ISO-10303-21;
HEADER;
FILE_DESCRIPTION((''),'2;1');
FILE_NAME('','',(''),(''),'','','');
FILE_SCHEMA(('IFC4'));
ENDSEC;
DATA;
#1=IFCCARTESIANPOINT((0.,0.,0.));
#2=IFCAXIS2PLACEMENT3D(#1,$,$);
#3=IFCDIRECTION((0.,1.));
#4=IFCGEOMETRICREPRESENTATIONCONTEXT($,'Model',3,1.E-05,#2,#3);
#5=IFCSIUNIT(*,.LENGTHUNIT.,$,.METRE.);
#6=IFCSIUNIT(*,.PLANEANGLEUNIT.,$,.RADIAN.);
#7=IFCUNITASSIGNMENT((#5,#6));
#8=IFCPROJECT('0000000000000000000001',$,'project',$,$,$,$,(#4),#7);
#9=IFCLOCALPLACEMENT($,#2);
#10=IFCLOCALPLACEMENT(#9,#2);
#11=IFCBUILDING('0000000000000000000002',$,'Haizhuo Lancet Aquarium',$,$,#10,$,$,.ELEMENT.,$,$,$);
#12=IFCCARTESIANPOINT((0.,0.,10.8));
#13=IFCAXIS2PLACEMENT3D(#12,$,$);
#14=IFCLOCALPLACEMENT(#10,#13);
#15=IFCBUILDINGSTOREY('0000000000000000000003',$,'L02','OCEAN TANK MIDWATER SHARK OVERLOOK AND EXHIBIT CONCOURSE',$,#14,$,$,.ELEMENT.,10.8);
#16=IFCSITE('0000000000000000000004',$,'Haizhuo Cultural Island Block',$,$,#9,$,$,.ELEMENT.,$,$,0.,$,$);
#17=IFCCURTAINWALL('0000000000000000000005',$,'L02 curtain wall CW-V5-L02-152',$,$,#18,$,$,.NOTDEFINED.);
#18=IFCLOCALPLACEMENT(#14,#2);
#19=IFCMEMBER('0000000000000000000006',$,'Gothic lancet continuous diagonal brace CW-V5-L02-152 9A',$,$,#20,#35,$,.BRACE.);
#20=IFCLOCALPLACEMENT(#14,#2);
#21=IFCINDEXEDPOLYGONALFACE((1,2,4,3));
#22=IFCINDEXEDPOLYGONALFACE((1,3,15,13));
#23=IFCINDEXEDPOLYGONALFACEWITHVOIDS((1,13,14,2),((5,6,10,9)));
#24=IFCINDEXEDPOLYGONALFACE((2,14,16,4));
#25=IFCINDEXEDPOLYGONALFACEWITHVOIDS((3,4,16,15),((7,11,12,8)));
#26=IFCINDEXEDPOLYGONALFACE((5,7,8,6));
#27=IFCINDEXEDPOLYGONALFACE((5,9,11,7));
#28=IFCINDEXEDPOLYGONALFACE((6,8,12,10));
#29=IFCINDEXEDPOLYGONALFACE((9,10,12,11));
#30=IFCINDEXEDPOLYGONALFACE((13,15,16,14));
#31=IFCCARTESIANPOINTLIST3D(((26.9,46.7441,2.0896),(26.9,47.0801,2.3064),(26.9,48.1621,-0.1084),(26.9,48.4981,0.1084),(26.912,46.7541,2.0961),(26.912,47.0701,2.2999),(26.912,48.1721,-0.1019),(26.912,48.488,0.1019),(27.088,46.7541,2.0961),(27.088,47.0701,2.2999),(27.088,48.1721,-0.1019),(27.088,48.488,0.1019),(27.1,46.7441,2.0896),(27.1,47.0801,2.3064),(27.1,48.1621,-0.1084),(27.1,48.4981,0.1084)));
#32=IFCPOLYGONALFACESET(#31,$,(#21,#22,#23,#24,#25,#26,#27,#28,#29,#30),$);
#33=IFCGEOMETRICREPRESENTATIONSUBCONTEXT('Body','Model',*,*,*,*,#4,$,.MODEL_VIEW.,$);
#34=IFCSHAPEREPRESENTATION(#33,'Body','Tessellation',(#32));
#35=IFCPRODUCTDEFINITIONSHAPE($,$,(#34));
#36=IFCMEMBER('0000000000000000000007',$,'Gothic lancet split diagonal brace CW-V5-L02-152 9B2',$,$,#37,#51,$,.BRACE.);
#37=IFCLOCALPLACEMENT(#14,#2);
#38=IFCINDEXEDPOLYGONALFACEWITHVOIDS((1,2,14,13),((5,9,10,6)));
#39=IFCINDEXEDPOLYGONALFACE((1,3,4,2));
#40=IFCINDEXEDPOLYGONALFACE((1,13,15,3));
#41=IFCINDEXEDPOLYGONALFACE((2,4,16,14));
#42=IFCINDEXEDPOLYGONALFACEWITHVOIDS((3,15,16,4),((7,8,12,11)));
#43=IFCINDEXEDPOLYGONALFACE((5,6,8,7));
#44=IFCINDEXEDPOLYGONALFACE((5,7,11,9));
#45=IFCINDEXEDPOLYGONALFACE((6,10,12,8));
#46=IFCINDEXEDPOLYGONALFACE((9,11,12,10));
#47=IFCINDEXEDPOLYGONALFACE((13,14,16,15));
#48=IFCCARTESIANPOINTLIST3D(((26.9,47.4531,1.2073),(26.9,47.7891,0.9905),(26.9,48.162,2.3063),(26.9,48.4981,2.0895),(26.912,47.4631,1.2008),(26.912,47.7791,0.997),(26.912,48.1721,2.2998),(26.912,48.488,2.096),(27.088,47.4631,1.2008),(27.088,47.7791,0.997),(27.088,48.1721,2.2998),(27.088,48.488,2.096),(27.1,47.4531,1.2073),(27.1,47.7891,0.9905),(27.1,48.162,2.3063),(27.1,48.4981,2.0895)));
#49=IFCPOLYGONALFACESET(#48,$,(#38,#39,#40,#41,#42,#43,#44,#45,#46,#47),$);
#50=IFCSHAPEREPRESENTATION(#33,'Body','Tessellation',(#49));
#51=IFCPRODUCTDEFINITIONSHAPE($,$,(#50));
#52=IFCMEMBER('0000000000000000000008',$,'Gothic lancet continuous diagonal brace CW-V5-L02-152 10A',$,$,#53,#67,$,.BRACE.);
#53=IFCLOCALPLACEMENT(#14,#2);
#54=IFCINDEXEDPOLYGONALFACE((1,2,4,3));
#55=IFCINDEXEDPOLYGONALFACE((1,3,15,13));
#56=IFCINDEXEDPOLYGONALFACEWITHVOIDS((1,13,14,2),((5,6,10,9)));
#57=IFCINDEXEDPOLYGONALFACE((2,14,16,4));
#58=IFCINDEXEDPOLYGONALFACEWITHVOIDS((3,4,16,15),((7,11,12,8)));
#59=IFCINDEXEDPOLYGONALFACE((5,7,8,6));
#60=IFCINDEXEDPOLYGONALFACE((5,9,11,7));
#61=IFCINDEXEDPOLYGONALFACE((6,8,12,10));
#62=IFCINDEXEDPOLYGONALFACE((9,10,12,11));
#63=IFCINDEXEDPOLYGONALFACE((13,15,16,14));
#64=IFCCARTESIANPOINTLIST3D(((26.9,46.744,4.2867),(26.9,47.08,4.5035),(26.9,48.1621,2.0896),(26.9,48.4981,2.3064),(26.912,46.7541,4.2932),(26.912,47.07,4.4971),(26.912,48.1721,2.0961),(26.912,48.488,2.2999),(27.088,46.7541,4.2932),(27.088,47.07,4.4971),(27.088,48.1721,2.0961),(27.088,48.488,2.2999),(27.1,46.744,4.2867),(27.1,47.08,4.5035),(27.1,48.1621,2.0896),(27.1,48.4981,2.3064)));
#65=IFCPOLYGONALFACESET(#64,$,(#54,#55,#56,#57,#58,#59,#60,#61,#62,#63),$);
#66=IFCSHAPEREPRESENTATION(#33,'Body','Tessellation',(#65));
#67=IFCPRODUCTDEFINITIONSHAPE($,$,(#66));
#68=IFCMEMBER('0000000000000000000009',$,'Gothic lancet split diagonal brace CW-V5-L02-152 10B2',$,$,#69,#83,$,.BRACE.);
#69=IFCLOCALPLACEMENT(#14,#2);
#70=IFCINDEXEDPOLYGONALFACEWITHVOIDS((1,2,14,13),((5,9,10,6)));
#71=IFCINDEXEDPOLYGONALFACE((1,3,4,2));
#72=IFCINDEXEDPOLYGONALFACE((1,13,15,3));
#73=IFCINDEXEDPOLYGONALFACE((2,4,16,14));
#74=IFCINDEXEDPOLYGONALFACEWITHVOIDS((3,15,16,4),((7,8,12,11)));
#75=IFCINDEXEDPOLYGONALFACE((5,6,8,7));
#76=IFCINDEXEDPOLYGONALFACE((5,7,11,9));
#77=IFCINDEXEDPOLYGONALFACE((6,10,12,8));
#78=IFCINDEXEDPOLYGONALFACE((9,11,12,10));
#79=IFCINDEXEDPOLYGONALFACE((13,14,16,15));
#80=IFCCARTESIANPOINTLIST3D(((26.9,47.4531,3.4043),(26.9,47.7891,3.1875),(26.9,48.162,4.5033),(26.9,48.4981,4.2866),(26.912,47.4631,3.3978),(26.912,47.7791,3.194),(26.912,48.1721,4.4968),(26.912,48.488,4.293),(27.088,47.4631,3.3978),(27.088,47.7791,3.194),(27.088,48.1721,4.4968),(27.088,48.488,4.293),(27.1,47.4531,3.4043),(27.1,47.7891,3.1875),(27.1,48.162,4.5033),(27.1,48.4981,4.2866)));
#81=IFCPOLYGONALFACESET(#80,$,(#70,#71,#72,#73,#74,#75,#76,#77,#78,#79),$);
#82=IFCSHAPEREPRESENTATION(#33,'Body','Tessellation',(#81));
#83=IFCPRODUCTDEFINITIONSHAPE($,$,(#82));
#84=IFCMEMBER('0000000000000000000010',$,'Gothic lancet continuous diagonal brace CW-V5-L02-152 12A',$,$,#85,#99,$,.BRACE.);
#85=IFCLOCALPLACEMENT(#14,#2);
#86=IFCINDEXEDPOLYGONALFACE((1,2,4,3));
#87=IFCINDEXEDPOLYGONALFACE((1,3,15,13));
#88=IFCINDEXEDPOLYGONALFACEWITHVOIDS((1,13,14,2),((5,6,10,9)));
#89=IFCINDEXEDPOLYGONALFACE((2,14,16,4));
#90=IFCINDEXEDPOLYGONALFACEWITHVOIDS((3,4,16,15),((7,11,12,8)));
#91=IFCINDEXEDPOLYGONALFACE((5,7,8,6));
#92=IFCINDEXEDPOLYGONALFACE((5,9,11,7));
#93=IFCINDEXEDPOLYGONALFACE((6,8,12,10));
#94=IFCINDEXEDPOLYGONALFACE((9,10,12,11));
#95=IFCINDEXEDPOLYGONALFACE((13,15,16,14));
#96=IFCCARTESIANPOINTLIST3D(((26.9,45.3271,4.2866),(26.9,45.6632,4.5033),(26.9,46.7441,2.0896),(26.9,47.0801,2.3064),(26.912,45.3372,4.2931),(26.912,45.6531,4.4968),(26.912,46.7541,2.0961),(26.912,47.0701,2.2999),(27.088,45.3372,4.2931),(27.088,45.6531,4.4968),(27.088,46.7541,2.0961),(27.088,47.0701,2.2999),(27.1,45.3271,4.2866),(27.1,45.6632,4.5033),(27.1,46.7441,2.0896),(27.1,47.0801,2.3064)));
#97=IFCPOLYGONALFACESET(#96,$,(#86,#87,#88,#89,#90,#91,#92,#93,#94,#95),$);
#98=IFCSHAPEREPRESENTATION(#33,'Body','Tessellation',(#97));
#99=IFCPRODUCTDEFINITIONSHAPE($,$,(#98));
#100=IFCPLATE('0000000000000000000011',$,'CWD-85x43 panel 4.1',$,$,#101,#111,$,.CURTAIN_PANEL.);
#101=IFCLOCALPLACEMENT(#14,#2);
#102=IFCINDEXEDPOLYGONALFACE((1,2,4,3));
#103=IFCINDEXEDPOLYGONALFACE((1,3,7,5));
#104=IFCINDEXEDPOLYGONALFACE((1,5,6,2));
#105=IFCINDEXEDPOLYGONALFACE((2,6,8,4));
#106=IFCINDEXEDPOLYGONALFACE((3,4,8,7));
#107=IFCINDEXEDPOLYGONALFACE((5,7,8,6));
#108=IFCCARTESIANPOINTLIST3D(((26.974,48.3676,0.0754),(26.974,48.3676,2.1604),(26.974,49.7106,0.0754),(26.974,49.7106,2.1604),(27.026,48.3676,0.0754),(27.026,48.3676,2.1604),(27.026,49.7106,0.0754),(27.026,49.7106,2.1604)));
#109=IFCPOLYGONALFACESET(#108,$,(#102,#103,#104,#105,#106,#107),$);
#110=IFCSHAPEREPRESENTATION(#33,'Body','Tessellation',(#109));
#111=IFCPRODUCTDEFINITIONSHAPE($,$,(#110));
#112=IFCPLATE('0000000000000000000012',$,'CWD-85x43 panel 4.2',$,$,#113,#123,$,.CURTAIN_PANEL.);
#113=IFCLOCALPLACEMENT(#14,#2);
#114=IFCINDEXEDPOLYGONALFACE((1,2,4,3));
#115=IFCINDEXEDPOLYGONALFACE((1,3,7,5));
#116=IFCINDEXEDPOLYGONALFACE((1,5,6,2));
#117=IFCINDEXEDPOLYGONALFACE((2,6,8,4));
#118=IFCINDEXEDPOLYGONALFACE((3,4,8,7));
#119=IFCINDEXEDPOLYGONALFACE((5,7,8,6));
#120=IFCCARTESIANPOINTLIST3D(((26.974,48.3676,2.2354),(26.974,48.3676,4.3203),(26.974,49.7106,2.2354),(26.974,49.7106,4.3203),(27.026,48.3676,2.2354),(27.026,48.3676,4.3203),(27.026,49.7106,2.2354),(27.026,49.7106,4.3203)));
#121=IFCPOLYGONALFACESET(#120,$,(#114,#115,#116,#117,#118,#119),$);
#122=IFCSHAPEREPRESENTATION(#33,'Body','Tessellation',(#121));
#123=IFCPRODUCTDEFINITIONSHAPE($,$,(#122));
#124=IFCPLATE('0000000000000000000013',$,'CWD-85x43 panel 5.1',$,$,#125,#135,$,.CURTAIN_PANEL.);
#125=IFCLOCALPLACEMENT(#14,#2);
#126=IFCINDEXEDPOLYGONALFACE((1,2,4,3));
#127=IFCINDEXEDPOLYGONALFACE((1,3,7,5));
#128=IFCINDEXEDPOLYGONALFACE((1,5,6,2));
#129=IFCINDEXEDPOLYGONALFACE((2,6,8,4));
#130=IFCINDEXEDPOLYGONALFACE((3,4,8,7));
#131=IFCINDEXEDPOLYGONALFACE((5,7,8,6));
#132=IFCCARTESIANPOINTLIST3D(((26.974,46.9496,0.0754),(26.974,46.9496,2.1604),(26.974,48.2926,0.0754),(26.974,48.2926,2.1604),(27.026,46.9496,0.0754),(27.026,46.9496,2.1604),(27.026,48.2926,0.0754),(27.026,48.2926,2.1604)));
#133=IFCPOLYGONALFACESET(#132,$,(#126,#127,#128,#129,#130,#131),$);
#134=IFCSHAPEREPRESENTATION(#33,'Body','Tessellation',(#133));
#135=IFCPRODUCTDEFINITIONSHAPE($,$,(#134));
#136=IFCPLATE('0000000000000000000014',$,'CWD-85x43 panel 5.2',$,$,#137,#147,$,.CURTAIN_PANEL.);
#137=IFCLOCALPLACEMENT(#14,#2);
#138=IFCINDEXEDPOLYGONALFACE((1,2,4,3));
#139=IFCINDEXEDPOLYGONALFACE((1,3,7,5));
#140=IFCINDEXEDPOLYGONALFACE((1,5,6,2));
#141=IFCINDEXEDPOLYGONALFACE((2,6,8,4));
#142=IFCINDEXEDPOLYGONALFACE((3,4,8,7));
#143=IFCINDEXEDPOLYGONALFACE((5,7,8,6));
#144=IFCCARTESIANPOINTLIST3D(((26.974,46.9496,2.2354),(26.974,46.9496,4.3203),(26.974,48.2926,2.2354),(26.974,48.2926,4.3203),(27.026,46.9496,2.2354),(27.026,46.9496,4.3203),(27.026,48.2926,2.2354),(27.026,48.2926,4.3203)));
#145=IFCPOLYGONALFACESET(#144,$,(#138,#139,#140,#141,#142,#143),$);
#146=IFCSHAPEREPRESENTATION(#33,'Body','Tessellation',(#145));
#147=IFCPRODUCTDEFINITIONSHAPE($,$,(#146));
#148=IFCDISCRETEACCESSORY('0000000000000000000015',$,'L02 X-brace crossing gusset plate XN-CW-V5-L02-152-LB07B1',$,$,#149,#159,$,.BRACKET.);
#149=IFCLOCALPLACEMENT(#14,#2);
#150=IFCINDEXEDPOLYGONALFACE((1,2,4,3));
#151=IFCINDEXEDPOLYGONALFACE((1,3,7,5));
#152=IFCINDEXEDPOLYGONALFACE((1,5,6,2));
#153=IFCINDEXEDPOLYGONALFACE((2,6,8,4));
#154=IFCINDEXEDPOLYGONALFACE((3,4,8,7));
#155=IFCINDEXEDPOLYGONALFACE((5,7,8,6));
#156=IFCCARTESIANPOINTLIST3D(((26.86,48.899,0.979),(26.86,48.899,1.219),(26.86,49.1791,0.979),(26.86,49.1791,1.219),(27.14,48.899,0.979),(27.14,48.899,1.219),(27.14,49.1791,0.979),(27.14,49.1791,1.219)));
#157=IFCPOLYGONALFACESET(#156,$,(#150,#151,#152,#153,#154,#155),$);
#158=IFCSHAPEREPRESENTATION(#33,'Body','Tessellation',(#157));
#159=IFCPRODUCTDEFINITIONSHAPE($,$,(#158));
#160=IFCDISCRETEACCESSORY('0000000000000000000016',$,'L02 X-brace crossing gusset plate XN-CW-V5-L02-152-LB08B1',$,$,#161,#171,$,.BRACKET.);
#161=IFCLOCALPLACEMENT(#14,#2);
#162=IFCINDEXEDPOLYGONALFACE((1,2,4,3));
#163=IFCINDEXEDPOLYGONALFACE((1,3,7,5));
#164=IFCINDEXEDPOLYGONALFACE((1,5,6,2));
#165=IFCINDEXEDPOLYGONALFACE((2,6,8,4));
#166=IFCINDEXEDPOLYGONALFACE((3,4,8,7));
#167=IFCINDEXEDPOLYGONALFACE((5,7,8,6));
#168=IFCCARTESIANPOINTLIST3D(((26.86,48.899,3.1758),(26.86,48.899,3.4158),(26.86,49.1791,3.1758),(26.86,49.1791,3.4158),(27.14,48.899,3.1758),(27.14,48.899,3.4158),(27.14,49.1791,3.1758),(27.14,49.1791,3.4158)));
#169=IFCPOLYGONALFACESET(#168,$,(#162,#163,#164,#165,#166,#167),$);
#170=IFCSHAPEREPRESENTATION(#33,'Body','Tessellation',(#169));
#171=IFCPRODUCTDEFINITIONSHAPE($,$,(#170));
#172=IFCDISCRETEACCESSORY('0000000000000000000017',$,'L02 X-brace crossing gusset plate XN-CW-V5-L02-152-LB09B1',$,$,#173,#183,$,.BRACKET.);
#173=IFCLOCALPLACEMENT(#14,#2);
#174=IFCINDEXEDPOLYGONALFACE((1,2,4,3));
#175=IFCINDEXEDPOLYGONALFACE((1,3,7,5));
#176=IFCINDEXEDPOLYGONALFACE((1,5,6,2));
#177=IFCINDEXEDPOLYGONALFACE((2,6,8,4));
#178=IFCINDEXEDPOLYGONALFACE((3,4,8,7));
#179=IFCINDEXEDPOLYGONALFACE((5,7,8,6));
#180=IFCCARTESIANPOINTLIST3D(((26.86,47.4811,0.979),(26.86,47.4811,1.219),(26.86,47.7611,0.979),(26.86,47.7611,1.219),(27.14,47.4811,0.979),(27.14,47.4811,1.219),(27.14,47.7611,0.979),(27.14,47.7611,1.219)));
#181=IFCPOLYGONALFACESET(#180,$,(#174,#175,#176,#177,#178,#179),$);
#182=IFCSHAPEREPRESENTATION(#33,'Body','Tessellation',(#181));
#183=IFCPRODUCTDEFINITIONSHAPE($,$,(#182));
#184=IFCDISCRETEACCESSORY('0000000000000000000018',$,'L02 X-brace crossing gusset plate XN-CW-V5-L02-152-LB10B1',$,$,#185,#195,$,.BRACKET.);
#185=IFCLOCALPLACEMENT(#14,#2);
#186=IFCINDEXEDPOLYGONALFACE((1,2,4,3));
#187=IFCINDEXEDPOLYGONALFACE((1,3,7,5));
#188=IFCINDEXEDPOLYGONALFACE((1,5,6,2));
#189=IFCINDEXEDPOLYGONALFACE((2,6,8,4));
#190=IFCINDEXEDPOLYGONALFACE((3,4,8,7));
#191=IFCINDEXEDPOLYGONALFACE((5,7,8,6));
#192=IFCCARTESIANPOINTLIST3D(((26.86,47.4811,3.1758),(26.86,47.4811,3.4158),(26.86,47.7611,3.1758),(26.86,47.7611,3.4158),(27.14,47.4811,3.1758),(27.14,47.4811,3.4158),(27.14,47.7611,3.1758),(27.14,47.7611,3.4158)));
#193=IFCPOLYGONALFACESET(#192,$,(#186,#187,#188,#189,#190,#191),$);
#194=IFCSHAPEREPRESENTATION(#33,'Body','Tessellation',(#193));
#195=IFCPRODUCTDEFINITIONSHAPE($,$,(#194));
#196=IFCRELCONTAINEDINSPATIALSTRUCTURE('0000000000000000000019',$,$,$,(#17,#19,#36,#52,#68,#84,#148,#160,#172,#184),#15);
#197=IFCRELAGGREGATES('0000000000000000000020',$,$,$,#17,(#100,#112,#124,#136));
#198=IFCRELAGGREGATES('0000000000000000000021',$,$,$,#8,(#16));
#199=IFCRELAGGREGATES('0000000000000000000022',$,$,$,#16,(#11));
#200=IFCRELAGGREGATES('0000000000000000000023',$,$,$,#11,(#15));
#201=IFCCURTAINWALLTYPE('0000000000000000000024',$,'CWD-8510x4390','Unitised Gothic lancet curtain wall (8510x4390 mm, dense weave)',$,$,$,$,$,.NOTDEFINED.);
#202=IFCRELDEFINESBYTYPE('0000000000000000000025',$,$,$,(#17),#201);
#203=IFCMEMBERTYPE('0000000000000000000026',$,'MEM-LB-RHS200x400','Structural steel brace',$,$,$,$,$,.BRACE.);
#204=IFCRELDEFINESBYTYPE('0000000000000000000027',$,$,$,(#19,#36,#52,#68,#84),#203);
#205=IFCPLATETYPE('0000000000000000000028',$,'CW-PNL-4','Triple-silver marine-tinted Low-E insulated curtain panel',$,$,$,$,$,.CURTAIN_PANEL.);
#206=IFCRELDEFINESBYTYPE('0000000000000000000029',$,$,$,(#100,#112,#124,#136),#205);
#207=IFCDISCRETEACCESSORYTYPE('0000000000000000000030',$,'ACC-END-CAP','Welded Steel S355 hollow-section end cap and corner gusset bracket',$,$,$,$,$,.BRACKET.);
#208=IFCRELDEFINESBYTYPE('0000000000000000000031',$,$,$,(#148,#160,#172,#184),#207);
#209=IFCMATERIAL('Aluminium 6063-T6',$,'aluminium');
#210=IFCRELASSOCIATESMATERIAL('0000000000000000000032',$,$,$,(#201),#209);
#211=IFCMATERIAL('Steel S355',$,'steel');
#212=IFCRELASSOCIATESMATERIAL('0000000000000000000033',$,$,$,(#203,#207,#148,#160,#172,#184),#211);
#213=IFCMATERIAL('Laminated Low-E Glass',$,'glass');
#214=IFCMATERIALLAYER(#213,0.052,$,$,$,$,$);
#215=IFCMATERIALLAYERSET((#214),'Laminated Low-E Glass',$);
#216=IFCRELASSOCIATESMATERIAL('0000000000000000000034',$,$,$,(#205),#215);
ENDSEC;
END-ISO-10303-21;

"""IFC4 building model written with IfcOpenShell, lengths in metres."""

from ifc_helpers import new_model, si_unit, direction, frame, origin, origin_2d, place, context, subcontext, project, spatial, rectangle, hollow_rectangle, extrude, material, layer, layer_set, material_profile, profile_set, type_object, element, aggregate, save


model = new_model("IFC4")

# Units and contexts
model_context = context("Model", 3, precision=1e-05, world=origin(), true_north=direction((0.0, 1.0)))
body_context = subcontext(model_context, "Body", "Model", "MODEL_VIEW")
ifc_project = project(units=[si_unit("LENGTHUNIT", "METRE"), si_unit("PLANEANGLEUNIT", "RADIAN")], contexts=[model_context])

# Site, building, storey
site_placement = place(None, origin())
site = spatial("IfcSite", under=ifc_project, at=site_placement, Name="Haizhuo Cultural Island Block", CompositionType="ELEMENT", RefElevation=0.0)
building_placement = place(site_placement, origin())
building = spatial("IfcBuilding", under=site, at=building_placement, Name="Haizhuo Lancet Aquarium", CompositionType="ELEMENT")
storey_placement = place(building_placement, frame((0.0, 0.0, 10.8)))
storey = spatial("IfcBuildingStorey", under=building, at=storey_placement, Name="L02", Description="OCEAN TANK MIDWATER SHARK OVERLOOK AND EXHIBIT CONCOURSE", CompositionType="ELEMENT", Elevation=10.8)

# Curtain wall
ifc_material_1 = material(Name="Aluminium 6063-T6", Category="aluminium")
curtain_wall_type = type_object("IfcCurtainWallType", Name="CWD-8510x4390", Description="Unitised Gothic lancet curtain wall (8510x4390 mm, dense weave)", PredefinedType="NOTDEFINED", material=ifc_material_1)
curtain_wall_placement = place(storey_placement, origin())
curtain_wall = element("IfcCurtainWall", 1, at=curtain_wall_placement, inside=storey, type_object=curtain_wall_type, Name="L02 curtain wall CW-V5-L02-152", PredefinedType="NOTDEFINED")

# Members
ifc_material_2 = material(Name="Steel S355", Category="steel")
ifc_material_profile_1 = material_profile(ifc_material_2, hollow_rectangle(XDim=0.2, YDim=0.3999, WallThickness=0.012, at=origin_2d()), Name="RHS 200x400x12")
ifc_profile_set_1 = profile_set([ifc_material_profile_1], Name="Steel S355")
member_type_1 = type_object("IfcMemberType", Name="MEM-LB-RHS200x400", Description="Structural steel brace", PredefinedType="BRACE", material=ifc_profile_set_1)
member_1_placement = place(storey_placement, frame((27.0, 48.3301, 0.0), z_axis=(0.0, -0.542101, 0.840313), x_axis=(1.0, 0.0, 0.0)))
element("IfcMember", 2, at=member_1_placement, inside=storey, type_object=member_type_1, Name="Gothic lancet continuous diagonal brace CW-V5-L02-152 9A", PredefinedType="BRACE", context=body_context, shape_type="SweptSolid", body=[
    extrude(hollow_rectangle(XDim=0.2, YDim=0.3999, WallThickness=0.012, at=origin_2d()), origin(), (0.0, 0.0, 1.0), 2.6157),
])
member_2_placement = place(storey_placement, frame((27.0, 47.6211, 1.0989), z_axis=(0.0, 0.542059, 0.840341), x_axis=(-1.0, 0.0, 0.0)))
element("IfcMember", 3, at=member_2_placement, inside=storey, type_object=member_type_1, Name="Gothic lancet split diagonal brace CW-V5-L02-152 9B2", PredefinedType="BRACE", context=body_context, shape_type="SweptSolid", body=[
    extrude(hollow_rectangle(XDim=0.2, YDim=0.3999, WallThickness=0.012, at=origin_2d()), origin(), (0.0, 0.0, 1.0), 1.3079),
])
member_3_placement = place(storey_placement, frame((27.0, 48.3301, 2.198), z_axis=(0.0, -0.542271, 0.840203), x_axis=(1.0, 0.0, 0.0)))
element("IfcMember", 4, at=member_3_placement, inside=storey, type_object=member_type_1, Name="Gothic lancet continuous diagonal brace CW-V5-L02-152 10A", PredefinedType="BRACE", context=body_context, shape_type="SweptSolid", body=[
    extrude(hollow_rectangle(XDim=0.2, YDim=0.3999, WallThickness=0.012, at=origin_2d()), origin(), (0.0, 0.0, 1.0), 2.615),
])
member_4_placement = place(storey_placement, frame((27.0, 47.6211, 3.2959), z_axis=(0.0, 0.542059, 0.840341), x_axis=(-1.0, 0.0, 0.0)))
element("IfcMember", 5, at=member_4_placement, inside=storey, type_object=member_type_1, Name="Gothic lancet split diagonal brace CW-V5-L02-152 10B2", PredefinedType="BRACE", context=body_context, shape_type="SweptSolid", body=[
    extrude(hollow_rectangle(XDim=0.2, YDim=0.3999, WallThickness=0.012, at=origin_2d()), origin(), (0.0, 0.0, 1.0), 1.3079),
])
member_5_placement = place(storey_placement, frame((27.0, 46.9121, 2.198), z_axis=(0.0, -0.542008, 0.840373), x_axis=(1.0, 0.0, 0.0)))
element("IfcMember", 6, at=member_5_placement, inside=storey, type_object=member_type_1, Name="Gothic lancet continuous diagonal brace CW-V5-L02-152 12A", PredefinedType="BRACE", context=body_context, shape_type="SweptSolid", body=[
    extrude(hollow_rectangle(XDim=0.2, YDim=0.3999, WallThickness=0.012, at=origin_2d()), origin(), (0.0, 0.0, 1.0), 2.6143),
])

# Plates
ifc_material_3 = material(Name="Laminated Low-E Glass", Category="glass")
ifc_layer = layer(ifc_material_3, 0.052)
ifc_layer_set = layer_set([ifc_layer], Name="Laminated Low-E Glass")
plate_type = type_object("IfcPlateType", Name="CW-PNL-4", Description="Triple-silver marine-tinted Low-E insulated curtain panel", PredefinedType="CURTAIN_PANEL", material=ifc_layer_set)
plate_1_placement = place(storey_placement, frame((27.0, 49.0391, 0.0754), z_axis=(0.0, 0.0, 1.0), x_axis=(0.0, -1.0, 0.0)))
plate_1 = element("IfcPlate", 7, at=plate_1_placement, type_object=plate_type, Name="CWD-85x43 panel 4.1", PredefinedType="CURTAIN_PANEL", context=body_context, shape_type="SweptSolid", body=[
    extrude(rectangle(XDim=1.343, YDim=0.052, at=origin_2d()), origin(), (0.0, 0.0, 1.0), 2.085),
])
plate_2_placement = place(storey_placement, frame((27.0, 49.0391, 2.2354), z_axis=(0.0, 0.0, 1.0), x_axis=(0.0, -1.0, 0.0)))
plate_2 = element("IfcPlate", 8, at=plate_2_placement, type_object=plate_type, Name="CWD-85x43 panel 4.2", PredefinedType="CURTAIN_PANEL", context=body_context, shape_type="SweptSolid", body=[
    extrude(rectangle(XDim=1.343, YDim=0.052, at=origin_2d()), origin(), (0.0, 0.0, 1.0), 2.085),
])
plate_3_placement = place(storey_placement, frame((27.0, 47.6211, 0.0754), z_axis=(0.0, 0.0, 1.0), x_axis=(0.0, -1.0, 0.0)))
plate_3 = element("IfcPlate", 9, at=plate_3_placement, type_object=plate_type, Name="CWD-85x43 panel 5.1", PredefinedType="CURTAIN_PANEL", context=body_context, shape_type="SweptSolid", body=[
    extrude(rectangle(XDim=1.343, YDim=0.052, at=origin_2d()), origin(), (0.0, 0.0, 1.0), 2.085),
])
plate_4_placement = place(storey_placement, frame((27.0, 47.6211, 2.2354), z_axis=(0.0, 0.0, 1.0), x_axis=(0.0, -1.0, 0.0)))
plate_4 = element("IfcPlate", 10, at=plate_4_placement, type_object=plate_type, Name="CWD-85x43 panel 5.2", PredefinedType="CURTAIN_PANEL", context=body_context, shape_type="SweptSolid", body=[
    extrude(rectangle(XDim=1.343, YDim=0.052, at=origin_2d()), origin(), (0.0, 0.0, 1.0), 2.085),
])
aggregate(curtain_wall, [plate_1, plate_2, plate_3, plate_4])

# Discrete accessories
discrete_accessory_type = type_object("IfcDiscreteAccessoryType", Name="ACC-END-CAP", Description="Welded Steel S355 hollow-section end cap and corner gusset bracket", PredefinedType="BRACKET", material=ifc_material_2)
for number, where, z_axis, x_axis, name in (
    (11, (27.0, 49.0391, 0.979), (0.0, 0.0, 1.0), (1.0, 0.0, 0.0), "L02 X-brace crossing gusset plate XN-CW-V5-L02-152-LB07B1"),
    (12, (27.0, 49.0391, 3.1758), (0.0, 0.0, 1.0), (1.0, 0.0, 0.0), "L02 X-brace crossing gusset plate XN-CW-V5-L02-152-LB08B1"),
    (13, (27.0, 47.6211, 0.979), (0.0, 0.0, 1.0), (1.0, 0.0, 0.0), "L02 X-brace crossing gusset plate XN-CW-V5-L02-152-LB09B1"),
    (14, (27.0, 47.6211, 3.1758), (0.0, 0.0, 1.0), (1.0, 0.0, 0.0), "L02 X-brace crossing gusset plate XN-CW-V5-L02-152-LB10B1"),
):
    element("IfcDiscreteAccessory", number, at=place(storey_placement, frame(where, z_axis=z_axis, x_axis=x_axis)), inside=storey, type_object=discrete_accessory_type, material=ifc_material_2, Name=name, PredefinedType="BRACKET", context=body_context, shape_type="SweptSolid", body=[
        extrude(rectangle(XDim=0.28, YDim=0.28, at=origin_2d()), origin(), (0.0, 0.0, 1.0), 0.24),
    ])

save(model, "model.ifc")
